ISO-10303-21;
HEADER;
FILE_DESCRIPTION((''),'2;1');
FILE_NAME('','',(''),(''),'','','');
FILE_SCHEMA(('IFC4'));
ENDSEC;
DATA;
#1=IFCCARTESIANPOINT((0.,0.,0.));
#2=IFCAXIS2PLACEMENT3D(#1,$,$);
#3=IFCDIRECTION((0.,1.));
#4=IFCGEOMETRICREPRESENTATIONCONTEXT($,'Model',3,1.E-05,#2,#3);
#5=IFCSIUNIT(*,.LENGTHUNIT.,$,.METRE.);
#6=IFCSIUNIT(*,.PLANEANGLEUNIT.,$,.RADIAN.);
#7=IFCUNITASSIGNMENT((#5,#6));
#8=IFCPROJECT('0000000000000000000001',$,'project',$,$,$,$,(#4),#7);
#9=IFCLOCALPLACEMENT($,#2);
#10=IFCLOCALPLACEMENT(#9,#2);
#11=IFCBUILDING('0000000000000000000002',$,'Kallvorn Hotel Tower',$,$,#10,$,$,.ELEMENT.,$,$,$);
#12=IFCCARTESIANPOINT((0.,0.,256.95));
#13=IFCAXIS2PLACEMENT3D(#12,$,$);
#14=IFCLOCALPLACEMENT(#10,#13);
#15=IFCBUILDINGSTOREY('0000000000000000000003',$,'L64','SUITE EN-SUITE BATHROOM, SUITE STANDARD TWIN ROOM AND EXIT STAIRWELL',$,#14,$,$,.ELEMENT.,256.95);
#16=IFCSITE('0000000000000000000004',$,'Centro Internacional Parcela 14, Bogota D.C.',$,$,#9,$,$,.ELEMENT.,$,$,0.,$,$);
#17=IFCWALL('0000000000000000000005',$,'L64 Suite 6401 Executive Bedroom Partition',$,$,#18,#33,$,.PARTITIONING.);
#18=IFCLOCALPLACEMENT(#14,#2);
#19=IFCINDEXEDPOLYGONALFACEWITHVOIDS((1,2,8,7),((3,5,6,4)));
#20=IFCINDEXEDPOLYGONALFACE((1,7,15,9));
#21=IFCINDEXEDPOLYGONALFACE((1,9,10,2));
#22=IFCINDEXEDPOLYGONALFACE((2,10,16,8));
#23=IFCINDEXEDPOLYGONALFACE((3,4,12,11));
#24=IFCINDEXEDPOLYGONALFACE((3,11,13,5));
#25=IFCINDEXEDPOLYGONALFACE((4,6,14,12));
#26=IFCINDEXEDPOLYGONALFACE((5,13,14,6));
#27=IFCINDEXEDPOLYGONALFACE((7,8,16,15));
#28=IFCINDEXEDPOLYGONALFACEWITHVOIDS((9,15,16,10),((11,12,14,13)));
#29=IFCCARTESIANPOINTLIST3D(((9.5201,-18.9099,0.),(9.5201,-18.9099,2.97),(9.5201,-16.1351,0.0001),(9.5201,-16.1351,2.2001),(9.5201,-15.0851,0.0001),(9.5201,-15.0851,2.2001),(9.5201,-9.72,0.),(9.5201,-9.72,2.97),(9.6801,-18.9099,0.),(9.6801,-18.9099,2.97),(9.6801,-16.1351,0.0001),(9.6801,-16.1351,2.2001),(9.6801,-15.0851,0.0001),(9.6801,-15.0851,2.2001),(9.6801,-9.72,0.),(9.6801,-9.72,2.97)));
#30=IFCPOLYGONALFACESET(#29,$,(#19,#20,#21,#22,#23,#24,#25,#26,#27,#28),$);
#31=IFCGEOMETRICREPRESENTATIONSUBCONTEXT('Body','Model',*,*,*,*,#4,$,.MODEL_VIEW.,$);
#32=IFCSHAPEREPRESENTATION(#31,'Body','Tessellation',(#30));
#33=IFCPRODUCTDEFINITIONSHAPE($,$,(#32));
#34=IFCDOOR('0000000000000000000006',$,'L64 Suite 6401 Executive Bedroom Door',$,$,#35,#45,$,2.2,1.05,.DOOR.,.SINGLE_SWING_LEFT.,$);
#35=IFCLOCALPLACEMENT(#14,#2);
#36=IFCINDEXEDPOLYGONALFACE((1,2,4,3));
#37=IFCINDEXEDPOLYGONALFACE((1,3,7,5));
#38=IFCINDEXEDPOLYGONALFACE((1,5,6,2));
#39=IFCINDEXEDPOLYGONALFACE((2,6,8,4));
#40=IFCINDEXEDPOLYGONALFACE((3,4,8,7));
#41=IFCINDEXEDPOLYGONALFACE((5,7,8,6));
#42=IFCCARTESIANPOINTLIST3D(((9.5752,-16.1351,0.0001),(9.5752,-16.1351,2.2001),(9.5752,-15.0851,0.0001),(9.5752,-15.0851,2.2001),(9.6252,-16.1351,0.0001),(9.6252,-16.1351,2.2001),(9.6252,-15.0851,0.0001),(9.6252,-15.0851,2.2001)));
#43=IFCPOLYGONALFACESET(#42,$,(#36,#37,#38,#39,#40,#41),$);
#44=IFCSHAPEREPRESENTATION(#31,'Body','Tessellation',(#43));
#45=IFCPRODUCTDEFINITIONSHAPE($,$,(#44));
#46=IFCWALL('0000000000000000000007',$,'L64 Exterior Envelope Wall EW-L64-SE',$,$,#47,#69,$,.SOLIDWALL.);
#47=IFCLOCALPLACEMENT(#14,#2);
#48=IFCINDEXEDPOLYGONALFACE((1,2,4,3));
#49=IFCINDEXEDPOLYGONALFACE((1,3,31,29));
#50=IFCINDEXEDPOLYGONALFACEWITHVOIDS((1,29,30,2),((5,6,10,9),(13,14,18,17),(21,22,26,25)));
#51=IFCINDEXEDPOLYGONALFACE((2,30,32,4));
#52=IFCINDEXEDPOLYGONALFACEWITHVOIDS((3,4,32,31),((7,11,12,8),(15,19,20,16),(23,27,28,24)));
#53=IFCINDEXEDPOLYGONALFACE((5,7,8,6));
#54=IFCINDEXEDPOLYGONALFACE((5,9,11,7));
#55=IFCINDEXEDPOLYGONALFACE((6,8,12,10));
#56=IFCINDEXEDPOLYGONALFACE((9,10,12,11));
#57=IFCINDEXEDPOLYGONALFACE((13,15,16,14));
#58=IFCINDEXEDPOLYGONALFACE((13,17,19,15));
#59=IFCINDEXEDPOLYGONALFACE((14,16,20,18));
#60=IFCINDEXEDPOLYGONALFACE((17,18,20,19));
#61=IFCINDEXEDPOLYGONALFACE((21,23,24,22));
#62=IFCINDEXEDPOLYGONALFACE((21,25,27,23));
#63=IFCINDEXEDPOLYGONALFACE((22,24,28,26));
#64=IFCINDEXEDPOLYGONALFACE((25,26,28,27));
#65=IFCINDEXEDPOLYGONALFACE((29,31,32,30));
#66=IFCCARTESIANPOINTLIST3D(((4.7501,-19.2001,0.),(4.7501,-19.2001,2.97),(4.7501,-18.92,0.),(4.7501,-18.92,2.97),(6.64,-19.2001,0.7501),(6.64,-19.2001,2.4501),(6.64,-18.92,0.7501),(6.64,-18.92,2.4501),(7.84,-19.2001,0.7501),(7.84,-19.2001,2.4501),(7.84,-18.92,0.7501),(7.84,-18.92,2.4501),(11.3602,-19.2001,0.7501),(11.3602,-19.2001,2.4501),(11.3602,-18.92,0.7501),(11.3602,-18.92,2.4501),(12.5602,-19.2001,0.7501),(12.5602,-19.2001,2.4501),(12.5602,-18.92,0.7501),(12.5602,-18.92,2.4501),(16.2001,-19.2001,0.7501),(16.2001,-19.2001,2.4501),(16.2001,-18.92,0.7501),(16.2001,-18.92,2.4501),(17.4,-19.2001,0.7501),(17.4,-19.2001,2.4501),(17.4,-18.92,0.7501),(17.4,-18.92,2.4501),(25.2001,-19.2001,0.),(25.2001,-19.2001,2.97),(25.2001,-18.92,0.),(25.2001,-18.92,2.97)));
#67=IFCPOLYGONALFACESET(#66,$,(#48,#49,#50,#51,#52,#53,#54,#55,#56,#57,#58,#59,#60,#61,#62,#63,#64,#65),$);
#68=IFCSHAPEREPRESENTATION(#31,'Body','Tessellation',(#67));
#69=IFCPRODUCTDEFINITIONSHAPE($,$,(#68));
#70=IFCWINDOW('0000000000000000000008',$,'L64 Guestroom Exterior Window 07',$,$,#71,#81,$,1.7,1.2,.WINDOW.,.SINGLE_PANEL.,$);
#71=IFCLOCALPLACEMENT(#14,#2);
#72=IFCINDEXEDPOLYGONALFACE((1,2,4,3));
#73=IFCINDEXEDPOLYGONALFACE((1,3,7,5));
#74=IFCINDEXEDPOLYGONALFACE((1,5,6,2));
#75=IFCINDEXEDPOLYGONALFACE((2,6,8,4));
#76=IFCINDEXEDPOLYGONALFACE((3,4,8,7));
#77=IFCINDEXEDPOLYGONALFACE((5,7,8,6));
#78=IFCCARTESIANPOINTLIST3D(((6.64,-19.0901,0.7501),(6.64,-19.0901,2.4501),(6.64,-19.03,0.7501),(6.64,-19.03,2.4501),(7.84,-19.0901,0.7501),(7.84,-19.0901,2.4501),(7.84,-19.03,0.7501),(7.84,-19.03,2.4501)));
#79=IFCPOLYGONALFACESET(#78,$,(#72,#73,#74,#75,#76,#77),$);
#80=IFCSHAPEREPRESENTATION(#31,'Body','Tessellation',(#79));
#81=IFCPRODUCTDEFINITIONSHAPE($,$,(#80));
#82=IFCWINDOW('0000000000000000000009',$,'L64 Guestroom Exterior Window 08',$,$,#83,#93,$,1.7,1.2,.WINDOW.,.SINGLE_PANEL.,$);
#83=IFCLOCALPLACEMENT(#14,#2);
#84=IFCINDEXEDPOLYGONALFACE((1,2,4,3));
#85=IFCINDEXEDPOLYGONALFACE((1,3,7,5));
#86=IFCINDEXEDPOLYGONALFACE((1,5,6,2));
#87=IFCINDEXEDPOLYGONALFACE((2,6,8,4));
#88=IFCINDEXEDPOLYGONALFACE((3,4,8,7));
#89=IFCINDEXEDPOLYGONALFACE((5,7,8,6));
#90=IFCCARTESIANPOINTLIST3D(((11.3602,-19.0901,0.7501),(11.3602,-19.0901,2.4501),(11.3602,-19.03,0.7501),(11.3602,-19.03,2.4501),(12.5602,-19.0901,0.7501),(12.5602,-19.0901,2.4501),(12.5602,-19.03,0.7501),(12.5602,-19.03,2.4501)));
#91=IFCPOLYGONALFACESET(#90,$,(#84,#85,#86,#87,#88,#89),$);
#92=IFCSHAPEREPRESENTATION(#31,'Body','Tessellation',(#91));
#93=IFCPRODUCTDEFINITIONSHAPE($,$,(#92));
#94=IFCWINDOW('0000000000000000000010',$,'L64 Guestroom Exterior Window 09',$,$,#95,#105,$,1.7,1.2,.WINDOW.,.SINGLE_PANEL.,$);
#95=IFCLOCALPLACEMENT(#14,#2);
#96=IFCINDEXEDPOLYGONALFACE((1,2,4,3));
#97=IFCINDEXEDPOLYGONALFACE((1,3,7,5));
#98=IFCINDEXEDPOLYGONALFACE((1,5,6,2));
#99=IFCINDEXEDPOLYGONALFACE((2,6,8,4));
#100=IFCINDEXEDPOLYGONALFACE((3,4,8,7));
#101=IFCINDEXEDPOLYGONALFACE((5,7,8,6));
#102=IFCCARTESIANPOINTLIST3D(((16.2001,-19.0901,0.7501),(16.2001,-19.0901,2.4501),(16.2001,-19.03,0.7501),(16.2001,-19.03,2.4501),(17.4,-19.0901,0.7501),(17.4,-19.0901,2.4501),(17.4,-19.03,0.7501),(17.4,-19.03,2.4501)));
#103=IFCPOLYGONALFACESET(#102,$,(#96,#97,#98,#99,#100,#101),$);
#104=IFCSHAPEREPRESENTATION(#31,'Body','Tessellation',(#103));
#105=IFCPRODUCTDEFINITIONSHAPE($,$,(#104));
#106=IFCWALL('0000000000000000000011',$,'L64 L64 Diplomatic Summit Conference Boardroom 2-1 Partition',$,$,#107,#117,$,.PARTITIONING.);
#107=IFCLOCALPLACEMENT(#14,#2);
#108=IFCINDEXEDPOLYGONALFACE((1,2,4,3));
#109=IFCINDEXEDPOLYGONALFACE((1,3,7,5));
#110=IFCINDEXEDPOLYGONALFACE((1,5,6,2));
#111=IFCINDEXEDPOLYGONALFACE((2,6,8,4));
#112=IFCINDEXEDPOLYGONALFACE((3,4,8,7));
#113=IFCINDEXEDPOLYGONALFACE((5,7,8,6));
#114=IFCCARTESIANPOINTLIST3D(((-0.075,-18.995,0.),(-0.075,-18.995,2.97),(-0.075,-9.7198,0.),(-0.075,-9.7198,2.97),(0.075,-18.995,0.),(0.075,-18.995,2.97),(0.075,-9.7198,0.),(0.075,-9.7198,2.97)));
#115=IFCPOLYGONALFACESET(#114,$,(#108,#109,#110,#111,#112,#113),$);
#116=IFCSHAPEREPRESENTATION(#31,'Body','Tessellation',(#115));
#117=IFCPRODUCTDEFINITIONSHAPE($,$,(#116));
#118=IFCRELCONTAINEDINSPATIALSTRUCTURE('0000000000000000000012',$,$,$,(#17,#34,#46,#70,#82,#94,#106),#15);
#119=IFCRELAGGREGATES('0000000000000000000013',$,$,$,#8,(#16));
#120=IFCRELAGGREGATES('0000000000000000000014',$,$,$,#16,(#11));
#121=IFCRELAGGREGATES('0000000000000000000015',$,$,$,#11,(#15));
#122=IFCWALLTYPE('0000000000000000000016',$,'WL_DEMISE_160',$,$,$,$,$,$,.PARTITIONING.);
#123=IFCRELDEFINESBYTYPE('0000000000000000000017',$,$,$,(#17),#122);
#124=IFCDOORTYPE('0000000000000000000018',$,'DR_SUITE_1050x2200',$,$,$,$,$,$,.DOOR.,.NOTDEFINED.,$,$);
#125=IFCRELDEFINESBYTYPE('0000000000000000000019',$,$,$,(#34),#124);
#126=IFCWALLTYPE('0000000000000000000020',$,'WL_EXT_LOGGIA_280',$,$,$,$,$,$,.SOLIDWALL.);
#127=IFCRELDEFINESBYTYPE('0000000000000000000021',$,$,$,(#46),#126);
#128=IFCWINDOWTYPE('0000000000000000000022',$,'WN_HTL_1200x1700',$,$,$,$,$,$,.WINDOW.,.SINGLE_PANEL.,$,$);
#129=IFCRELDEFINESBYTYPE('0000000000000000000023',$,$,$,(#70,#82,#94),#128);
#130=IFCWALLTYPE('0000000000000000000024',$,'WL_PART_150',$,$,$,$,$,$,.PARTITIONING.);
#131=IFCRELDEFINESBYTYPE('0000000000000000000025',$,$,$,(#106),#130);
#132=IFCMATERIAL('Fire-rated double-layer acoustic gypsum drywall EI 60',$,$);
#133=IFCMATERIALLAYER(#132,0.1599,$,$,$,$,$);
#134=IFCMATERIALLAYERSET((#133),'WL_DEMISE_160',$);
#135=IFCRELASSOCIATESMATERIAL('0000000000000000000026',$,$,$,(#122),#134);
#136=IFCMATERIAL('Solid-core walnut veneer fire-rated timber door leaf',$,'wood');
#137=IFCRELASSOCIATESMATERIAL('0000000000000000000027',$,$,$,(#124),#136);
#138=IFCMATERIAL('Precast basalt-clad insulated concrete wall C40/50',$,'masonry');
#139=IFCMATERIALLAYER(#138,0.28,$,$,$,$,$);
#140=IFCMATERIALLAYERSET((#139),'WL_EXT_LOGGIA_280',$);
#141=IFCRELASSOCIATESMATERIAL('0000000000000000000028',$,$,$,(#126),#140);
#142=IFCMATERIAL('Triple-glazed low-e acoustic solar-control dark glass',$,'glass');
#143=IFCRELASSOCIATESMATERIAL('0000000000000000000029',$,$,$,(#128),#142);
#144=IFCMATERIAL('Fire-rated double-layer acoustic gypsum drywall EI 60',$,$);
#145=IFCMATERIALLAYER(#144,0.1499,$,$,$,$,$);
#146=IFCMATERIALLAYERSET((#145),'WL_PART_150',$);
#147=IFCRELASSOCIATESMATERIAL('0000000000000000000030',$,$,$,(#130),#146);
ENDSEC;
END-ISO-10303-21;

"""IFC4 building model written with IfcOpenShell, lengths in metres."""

from ifc_helpers import new_model, si_unit, direction, frame, frame_2d, origin, place, context, subcontext, project, spatial, rectangle, extrude, material, layer, layer_set, type_object, element, fill, save


model = new_model("IFC4")

# Units and contexts
model_context = context("Model", 3, precision=1e-05, world=origin(), true_north=direction((0.0, 1.0)))
body_context = subcontext(model_context, "Body", "Model", "MODEL_VIEW")
ifc_project = project(units=[si_unit("LENGTHUNIT", "METRE"), si_unit("PLANEANGLEUNIT", "RADIAN")], contexts=[model_context])

# Site, building, storey
site_placement = place(None, origin())
site = spatial("IfcSite", under=ifc_project, at=site_placement, Name="Centro Internacional Parcela 14, Bogota D.C.", CompositionType="ELEMENT", RefElevation=0.0)
building_placement = place(site_placement, origin())
building = spatial("IfcBuilding", under=site, at=building_placement, Name="Kallvorn Hotel Tower", CompositionType="ELEMENT")
storey_placement = place(building_placement, frame((0.0, 0.0, 256.95)))
storey = spatial("IfcBuildingStorey", under=building, at=storey_placement, Name="L64", Description="SUITE EN-SUITE BATHROOM, SUITE STANDARD TWIN ROOM AND EXIT STAIRWELL", CompositionType="ELEMENT", Elevation=256.95)

# Shared definitions
ifc_material_1 = material(Name="Fire-rated double-layer acoustic gypsum drywall EI 60")
ifc_layer_1 = layer(ifc_material_1, 0.1599)
ifc_layer_set_1 = layer_set([ifc_layer_1], Name="WL_DEMISE_160")
wall_type_1 = type_object("IfcWallType", Name="WL_DEMISE_160", PredefinedType="PARTITIONING", material=ifc_layer_set_1)

# Wall, opening, door
wall_1_placement = place(storey_placement, frame((9.6001, -18.9099, 0.0), z_axis=(0.0, 0.0, 1.0), x_axis=(0.0, 1.0, 0.0)))
wall_1 = element("IfcWall", 1, at=wall_1_placement, inside=storey, type_object=wall_type_1, Name="L64 Suite 6401 Executive Bedroom Partition", PredefinedType="PARTITIONING", context=body_context, shape_type="SweptSolid", body=[
    extrude(rectangle(XDim=9.1899, YDim=0.1599, at=frame_2d((4.595, 0.0))), origin(), (0.0, 0.0, 1.0), 2.97),
])
opening_1_placement = place(wall_1_placement, frame((2.7749, 0.0, 0.0)))
opening_1 = element("IfcOpeningElement", 2, at=opening_1_placement, cuts=wall_1, PredefinedType="OPENING", context=body_context, shape_type="SweptSolid", body=[
    extrude(rectangle(XDim=1.05, YDim=2.2, at=frame_2d((0.5249, 1.1001))), frame((0.0, 0.095, 0.0), z_axis=(0.0, -1.0, 0.0), x_axis=(1.0, 0.0, 0.0)), (0.0, 0.0, 1.0), 0.1899),
])
ifc_material_2 = material(Name="Solid-core walnut veneer fire-rated timber door leaf", Category="wood")
door_type_1 = type_object("IfcDoorType", Name="DR_SUITE_1050x2200", OperationType="NOTDEFINED", PredefinedType="DOOR", material=ifc_material_2)
door_1_placement = place(opening_1_placement, origin())
door_1 = element("IfcDoor", 3, at=door_1_placement, inside=storey, type_object=door_type_1, Name="L64 Suite 6401 Executive Bedroom Door", OperationType="SINGLE_SWING_LEFT", OverallHeight=2.2, OverallWidth=1.05, PredefinedType="DOOR", context=body_context, shape_type="SweptSolid", body=[
    extrude(rectangle(XDim=1.05, YDim=2.2, at=frame_2d((0.5249, 1.1001))), frame((0.0, 0.0249, 0.0), z_axis=(0.0, -1.0, 0.0), x_axis=(1.0, 0.0, 0.0)), (0.0, 0.0, 1.0), 0.05),
])
fill(opening_1, door_1)

# Wall, openings, windows
ifc_material_3 = material(Name="Precast basalt-clad insulated concrete wall C40/50", Category="masonry")
ifc_layer_2 = layer(ifc_material_3, 0.28)
ifc_layer_set_2 = layer_set([ifc_layer_2], Name="WL_EXT_LOGGIA_280")
wall_type_2 = type_object("IfcWallType", Name="WL_EXT_LOGGIA_280", PredefinedType="SOLIDWALL", material=ifc_layer_set_2)
wall_2_placement = place(storey_placement, frame((4.75, -19.0601, 0.0), z_axis=(0.0, 0.0, 1.0), x_axis=(1.0, 0.0, 0.0)))
wall_2 = element("IfcWall", 4, at=wall_2_placement, inside=storey, type_object=wall_type_2, Name="L64 Exterior Envelope Wall EW-L64-SE", PredefinedType="SOLIDWALL", context=body_context, shape_type="SweptSolid", body=[
    extrude(rectangle(XDim=20.45, YDim=0.28, at=frame_2d((10.2251, 0.0))), origin(), (0.0, 0.0, 1.0), 2.97),
])
opening_2_placement = place(wall_2_placement, frame((1.8899, 0.0, 0.75)))
opening_2 = element("IfcOpeningElement", 5, at=opening_2_placement, cuts=wall_2, PredefinedType="OPENING", context=body_context, shape_type="SweptSolid", body=[
    extrude(rectangle(XDim=1.2, YDim=1.7, at=frame_2d((0.6001, 0.8501))), frame((0.0, 0.155, 0.0), z_axis=(0.0, -1.0, 0.0), x_axis=(1.0, 0.0, 0.0)), (0.0, 0.0, 1.0), 0.3101),
])
opening_3_placement = place(wall_2_placement, frame((6.6101, 0.0, 0.75)))
opening_3 = element("IfcOpeningElement", 6, at=opening_3_placement, cuts=wall_2, PredefinedType="OPENING", context=body_context, shape_type="SweptSolid", body=[
    extrude(rectangle(XDim=1.2, YDim=1.7, at=frame_2d((0.6001, 0.8501))), frame((0.0, 0.155, 0.0), z_axis=(0.0, -1.0, 0.0), x_axis=(1.0, 0.0, 0.0)), (0.0, 0.0, 1.0), 0.3101),
])
opening_4_placement = place(wall_2_placement, frame((11.45, 0.0, 0.75)))
opening_4 = element("IfcOpeningElement", 7, at=opening_4_placement, cuts=wall_2, PredefinedType="OPENING", context=body_context, shape_type="SweptSolid", body=[
    extrude(rectangle(XDim=1.2, YDim=1.7, at=frame_2d((0.6001, 0.8501))), frame((0.0, 0.155, 0.0), z_axis=(0.0, -1.0, 0.0), x_axis=(1.0, 0.0, 0.0)), (0.0, 0.0, 1.0), 0.3101),
])
ifc_material_4 = material(Name="Triple-glazed low-e acoustic solar-control dark glass", Category="glass")
window_type = type_object("IfcWindowType", Name="WN_HTL_1200x1700", PartitioningType="SINGLE_PANEL", PredefinedType="WINDOW", material=ifc_material_4)
window_1_placement = place(opening_2_placement, origin())
window_1 = element("IfcWindow", 8, at=window_1_placement, inside=storey, type_object=window_type, Name="L64 Guestroom Exterior Window 07", OverallHeight=1.7, OverallWidth=1.2, PartitioningType="SINGLE_PANEL", PredefinedType="WINDOW", context=body_context, shape_type="SweptSolid", body=[
    extrude(rectangle(XDim=1.2, YDim=1.7, at=frame_2d((0.6001, 0.8501))), frame((0.0, 0.03, 0.0), z_axis=(0.0, -1.0, 0.0), x_axis=(1.0, 0.0, 0.0)), (0.0, 0.0, 1.0), 0.0601),
])
fill(opening_2, window_1)
window_2_placement = place(opening_3_placement, origin())
window_2 = element("IfcWindow", 9, at=window_2_placement, inside=storey, type_object=window_type, Name="L64 Guestroom Exterior Window 08", OverallHeight=1.7, OverallWidth=1.2, PartitioningType="SINGLE_PANEL", PredefinedType="WINDOW", context=body_context, shape_type="SweptSolid", body=[
    extrude(rectangle(XDim=1.2, YDim=1.7, at=frame_2d((0.6001, 0.8501))), frame((0.0, 0.03, 0.0), z_axis=(0.0, -1.0, 0.0), x_axis=(1.0, 0.0, 0.0)), (0.0, 0.0, 1.0), 0.0601),
])
fill(opening_3, window_2)
window_3_placement = place(opening_4_placement, origin())
window_3 = element("IfcWindow", 10, at=window_3_placement, inside=storey, type_object=window_type, Name="L64 Guestroom Exterior Window 09", OverallHeight=1.7, OverallWidth=1.2, PartitioningType="SINGLE_PANEL", PredefinedType="WINDOW", context=body_context, shape_type="SweptSolid", body=[
    extrude(rectangle(XDim=1.2, YDim=1.7, at=frame_2d((0.6001, 0.8501))), frame((0.0, 0.03, 0.0), z_axis=(0.0, -1.0, 0.0), x_axis=(1.0, 0.0, 0.0)), (0.0, 0.0, 1.0), 0.0601),
])
fill(opening_4, window_3)

# Wall
ifc_material_5 = material(Name="Fire-rated double-layer acoustic gypsum drywall EI 60")
ifc_layer_3 = layer(ifc_material_5, 0.1499)
ifc_layer_set_3 = layer_set([ifc_layer_3], Name="WL_PART_150")
wall_type_3 = type_object("IfcWallType", Name="WL_PART_150", PredefinedType="PARTITIONING", material=ifc_layer_set_3)
wall_3_placement = place(storey_placement, frame((0.0, -18.9951, 0.0), z_axis=(0.0, 0.0, 1.0), x_axis=(0.0, 1.0, 0.0)))
element("IfcWall", 11, at=wall_3_placement, inside=storey, type_object=wall_type_3, Name="L64 L64 Diplomatic Summit Conference Boardroom 2-1 Partition", PredefinedType="PARTITIONING", context=body_context, shape_type="SweptSolid", body=[
    extrude(rectangle(XDim=9.2751, YDim=0.1499, at=frame_2d((4.6377, 0.0))), origin(), (0.0, 0.0, 1.0), 2.97),
])

save(model, "model.ifc")
